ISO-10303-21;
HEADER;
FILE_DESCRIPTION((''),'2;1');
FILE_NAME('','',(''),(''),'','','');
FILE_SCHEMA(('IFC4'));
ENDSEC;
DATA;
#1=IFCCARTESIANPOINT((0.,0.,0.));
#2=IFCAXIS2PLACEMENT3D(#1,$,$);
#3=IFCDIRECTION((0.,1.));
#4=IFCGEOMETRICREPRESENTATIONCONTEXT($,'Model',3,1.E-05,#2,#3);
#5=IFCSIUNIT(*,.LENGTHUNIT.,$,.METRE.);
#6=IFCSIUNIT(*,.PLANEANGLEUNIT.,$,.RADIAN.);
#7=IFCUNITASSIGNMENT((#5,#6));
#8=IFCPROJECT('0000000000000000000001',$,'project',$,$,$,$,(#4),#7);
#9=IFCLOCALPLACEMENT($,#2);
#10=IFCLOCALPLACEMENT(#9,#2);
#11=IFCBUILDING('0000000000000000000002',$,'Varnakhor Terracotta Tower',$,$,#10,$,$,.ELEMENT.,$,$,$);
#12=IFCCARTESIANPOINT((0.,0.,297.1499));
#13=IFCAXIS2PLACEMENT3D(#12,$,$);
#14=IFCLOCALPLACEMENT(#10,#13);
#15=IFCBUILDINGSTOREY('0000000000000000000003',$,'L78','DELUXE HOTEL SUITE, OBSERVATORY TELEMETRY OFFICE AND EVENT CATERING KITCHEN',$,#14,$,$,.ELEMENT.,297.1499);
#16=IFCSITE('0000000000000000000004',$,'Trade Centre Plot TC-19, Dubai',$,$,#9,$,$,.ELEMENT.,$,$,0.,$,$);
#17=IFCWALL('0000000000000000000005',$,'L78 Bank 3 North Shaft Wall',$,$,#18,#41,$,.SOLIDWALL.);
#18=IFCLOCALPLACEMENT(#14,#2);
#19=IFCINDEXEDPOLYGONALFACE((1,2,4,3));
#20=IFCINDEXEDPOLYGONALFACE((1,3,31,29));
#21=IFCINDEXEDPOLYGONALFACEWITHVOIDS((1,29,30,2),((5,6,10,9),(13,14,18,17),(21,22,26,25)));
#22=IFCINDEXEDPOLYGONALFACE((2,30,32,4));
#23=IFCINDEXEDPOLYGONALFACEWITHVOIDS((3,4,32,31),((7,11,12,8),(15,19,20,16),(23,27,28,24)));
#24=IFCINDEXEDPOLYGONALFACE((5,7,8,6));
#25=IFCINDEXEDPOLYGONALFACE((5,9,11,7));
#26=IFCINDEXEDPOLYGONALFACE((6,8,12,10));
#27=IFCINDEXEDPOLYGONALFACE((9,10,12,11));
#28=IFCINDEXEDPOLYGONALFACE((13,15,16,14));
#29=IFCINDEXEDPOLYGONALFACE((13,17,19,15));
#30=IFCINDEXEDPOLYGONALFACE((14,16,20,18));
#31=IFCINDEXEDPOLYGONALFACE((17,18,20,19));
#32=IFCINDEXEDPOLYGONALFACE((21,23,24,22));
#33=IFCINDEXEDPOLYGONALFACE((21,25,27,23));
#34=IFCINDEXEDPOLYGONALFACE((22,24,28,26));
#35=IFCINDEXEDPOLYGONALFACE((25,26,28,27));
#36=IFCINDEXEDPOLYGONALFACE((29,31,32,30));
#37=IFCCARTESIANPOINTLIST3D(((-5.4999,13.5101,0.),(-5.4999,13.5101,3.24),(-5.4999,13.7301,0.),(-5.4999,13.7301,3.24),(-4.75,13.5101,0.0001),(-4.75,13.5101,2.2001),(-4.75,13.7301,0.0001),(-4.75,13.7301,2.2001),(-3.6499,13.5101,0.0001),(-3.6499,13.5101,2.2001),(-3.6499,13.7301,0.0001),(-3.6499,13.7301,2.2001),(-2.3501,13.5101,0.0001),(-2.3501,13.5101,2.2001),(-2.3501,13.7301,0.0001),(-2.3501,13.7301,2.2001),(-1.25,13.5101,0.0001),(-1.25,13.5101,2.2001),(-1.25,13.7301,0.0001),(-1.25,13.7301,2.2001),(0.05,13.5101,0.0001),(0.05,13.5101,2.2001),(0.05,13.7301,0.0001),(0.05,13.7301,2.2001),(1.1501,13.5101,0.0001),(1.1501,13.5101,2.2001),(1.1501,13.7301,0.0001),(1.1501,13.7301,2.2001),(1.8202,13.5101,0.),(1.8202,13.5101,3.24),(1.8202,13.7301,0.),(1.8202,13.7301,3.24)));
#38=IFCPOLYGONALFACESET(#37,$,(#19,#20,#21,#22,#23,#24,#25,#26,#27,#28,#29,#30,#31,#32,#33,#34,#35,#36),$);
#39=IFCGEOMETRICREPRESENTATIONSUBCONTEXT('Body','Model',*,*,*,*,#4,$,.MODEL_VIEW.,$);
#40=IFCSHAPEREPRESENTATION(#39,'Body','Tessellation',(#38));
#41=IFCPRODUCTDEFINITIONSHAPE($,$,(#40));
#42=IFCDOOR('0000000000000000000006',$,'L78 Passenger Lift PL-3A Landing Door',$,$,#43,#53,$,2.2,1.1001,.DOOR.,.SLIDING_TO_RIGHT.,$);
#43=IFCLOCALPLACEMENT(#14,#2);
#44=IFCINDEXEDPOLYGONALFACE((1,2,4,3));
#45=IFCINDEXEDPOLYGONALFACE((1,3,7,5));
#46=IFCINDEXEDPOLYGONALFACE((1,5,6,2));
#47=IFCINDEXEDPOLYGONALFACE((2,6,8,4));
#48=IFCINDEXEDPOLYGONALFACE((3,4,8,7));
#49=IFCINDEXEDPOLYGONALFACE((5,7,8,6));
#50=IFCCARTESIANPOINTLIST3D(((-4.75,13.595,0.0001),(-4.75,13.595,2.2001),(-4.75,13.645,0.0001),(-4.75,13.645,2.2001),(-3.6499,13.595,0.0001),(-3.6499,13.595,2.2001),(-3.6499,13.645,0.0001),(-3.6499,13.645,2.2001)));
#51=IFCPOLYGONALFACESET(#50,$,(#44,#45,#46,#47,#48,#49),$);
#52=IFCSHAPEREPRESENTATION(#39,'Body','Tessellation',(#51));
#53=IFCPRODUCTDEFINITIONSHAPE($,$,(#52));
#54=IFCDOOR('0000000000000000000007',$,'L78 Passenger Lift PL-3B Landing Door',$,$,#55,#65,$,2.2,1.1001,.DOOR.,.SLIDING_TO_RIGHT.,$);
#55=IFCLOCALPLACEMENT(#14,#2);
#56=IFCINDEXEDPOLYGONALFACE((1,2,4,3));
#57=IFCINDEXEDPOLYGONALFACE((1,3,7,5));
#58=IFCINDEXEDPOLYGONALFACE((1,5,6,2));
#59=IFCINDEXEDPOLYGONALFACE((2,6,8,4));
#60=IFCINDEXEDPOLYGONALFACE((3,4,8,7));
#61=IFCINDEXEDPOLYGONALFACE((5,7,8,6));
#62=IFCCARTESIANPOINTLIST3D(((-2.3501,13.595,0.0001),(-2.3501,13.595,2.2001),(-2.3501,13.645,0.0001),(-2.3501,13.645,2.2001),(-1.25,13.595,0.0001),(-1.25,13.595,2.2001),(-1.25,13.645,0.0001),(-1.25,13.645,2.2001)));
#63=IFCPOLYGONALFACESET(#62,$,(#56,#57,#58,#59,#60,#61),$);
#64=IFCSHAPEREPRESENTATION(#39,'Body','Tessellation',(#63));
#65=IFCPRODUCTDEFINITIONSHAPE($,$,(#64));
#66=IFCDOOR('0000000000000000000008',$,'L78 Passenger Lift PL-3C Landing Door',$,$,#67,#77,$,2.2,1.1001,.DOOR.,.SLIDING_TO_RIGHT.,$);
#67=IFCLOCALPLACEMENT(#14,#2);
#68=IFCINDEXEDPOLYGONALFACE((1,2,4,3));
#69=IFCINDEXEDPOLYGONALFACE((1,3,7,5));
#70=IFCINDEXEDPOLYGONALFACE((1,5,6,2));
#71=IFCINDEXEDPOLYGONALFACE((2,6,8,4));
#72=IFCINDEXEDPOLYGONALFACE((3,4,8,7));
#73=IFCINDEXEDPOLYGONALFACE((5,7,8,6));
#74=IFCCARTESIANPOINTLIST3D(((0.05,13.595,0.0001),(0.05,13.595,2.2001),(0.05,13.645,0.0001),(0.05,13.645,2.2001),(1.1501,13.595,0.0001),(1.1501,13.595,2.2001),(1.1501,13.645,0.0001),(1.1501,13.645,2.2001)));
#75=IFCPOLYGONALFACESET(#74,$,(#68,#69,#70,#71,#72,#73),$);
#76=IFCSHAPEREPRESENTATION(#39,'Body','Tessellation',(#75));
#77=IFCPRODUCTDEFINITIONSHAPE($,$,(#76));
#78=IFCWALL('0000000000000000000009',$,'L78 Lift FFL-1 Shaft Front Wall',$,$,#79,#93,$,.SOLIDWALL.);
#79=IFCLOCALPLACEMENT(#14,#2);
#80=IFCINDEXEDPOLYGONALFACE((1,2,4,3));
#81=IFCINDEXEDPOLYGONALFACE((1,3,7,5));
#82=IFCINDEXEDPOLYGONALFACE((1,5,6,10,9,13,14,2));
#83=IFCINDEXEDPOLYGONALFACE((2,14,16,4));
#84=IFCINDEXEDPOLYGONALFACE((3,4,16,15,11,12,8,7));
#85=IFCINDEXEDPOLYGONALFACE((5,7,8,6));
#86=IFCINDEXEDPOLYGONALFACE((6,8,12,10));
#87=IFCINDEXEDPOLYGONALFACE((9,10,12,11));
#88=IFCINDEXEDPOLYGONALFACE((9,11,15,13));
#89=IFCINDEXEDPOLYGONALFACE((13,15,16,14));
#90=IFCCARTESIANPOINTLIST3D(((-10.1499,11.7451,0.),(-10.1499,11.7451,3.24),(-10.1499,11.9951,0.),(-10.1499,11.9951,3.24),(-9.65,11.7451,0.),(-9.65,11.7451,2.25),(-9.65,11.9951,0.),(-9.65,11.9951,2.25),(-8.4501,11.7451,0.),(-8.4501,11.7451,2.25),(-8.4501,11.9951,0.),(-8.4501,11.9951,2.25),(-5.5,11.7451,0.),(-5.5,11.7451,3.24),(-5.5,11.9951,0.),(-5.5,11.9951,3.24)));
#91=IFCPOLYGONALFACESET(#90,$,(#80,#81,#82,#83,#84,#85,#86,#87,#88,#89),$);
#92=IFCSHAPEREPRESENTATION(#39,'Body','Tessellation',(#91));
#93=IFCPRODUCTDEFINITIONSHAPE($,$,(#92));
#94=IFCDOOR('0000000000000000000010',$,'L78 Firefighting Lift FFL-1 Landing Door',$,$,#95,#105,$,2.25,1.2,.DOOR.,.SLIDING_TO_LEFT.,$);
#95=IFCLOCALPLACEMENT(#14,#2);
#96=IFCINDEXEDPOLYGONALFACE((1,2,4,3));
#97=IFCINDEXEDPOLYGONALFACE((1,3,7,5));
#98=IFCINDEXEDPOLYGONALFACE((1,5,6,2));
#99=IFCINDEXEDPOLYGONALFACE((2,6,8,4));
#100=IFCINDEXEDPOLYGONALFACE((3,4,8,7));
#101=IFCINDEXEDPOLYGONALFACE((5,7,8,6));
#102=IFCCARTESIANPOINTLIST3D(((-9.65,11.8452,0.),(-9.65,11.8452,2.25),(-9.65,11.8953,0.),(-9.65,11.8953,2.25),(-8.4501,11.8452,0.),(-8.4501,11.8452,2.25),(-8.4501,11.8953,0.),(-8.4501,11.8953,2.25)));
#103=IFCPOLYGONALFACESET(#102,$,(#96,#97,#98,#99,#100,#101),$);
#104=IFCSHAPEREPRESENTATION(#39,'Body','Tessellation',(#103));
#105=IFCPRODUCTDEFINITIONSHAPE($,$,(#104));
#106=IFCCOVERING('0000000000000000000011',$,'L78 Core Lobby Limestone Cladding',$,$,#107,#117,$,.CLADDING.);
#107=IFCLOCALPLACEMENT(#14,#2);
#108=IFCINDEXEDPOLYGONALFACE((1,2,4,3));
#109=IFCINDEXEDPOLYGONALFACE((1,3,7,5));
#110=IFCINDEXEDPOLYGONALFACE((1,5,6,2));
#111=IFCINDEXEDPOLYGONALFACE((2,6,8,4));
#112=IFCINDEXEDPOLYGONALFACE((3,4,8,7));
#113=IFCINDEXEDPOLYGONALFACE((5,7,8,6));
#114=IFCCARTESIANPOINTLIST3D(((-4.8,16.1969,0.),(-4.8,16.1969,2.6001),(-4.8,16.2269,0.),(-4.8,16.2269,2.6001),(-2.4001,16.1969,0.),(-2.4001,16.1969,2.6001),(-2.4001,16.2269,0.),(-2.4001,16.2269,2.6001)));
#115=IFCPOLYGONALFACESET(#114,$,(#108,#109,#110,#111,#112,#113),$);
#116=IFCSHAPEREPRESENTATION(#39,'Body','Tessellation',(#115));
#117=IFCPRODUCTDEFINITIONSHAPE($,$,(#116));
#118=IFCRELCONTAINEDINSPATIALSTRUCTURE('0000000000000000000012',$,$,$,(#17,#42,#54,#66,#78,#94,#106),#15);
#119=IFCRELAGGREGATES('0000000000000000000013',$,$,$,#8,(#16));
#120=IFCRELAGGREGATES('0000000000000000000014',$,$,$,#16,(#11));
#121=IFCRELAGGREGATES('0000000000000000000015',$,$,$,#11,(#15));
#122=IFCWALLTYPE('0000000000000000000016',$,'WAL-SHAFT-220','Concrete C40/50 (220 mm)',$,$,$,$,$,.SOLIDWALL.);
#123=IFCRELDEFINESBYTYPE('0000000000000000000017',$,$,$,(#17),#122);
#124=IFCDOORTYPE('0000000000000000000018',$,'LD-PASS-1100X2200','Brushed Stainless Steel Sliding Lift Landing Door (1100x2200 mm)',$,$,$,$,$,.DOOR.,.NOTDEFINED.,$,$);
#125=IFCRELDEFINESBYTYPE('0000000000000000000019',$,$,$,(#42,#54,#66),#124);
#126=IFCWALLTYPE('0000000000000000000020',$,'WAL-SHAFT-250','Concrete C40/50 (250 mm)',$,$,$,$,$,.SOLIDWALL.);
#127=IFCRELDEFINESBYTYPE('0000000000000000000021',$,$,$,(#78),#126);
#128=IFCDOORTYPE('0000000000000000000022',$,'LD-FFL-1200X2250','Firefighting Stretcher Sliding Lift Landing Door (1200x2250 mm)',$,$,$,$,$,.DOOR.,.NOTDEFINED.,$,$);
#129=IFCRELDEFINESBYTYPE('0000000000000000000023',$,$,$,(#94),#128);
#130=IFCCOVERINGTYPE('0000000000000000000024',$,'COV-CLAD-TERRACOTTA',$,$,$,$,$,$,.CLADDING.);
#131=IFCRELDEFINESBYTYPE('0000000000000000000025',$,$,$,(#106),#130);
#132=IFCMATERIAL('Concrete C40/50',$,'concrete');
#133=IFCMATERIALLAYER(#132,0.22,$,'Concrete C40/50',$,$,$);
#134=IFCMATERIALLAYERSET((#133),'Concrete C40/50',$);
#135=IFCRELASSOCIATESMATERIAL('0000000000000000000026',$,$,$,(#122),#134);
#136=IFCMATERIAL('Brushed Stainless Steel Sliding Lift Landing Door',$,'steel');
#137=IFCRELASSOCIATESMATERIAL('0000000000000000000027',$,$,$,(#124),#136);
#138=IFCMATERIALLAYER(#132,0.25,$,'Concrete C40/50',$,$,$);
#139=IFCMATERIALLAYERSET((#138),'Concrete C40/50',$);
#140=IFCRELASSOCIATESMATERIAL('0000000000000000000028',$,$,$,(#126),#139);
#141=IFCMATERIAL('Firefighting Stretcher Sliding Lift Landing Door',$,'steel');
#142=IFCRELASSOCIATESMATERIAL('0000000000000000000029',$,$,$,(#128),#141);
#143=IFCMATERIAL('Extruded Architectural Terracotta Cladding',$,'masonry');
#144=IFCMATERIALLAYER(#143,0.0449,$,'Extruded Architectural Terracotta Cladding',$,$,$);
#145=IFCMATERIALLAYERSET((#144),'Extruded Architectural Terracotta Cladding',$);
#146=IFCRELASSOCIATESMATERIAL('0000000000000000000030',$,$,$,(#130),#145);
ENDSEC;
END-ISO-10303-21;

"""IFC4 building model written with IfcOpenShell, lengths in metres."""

from ifc_helpers import new_model, si_unit, direction, frame, frame_2d, origin, origin_2d, place, context, subcontext, project, spatial, rectangle, extrude, source, transform, mapped, material, layer, layer_set, type_object, type_shapes, element, fill, save


model = new_model("IFC4")

# Units and contexts
model_context = context("Model", 3, precision=1e-05, world=origin(), true_north=direction((0.0, 1.0)))
body_context = subcontext(model_context, "Body", "Model", "MODEL_VIEW")
ifc_project = project(units=[si_unit("LENGTHUNIT", "METRE"), si_unit("PLANEANGLEUNIT", "RADIAN")], contexts=[model_context])

# Site, building, storey
site_placement = place(None, origin())
site = spatial("IfcSite", under=ifc_project, at=site_placement, Name="Trade Centre Plot TC-19, Dubai", CompositionType="ELEMENT", RefElevation=0.0)
building_placement = place(site_placement, origin())
building = spatial("IfcBuilding", under=site, at=building_placement, Name="Varnakhor Terracotta Tower", CompositionType="ELEMENT")
storey_placement = place(building_placement, frame((0.0, 0.0, 297.1499)))
storey = spatial("IfcBuildingStorey", under=building, at=storey_placement, Name="L78", Description="DELUXE HOTEL SUITE, OBSERVATORY TELEMETRY OFFICE AND EVENT CATERING KITCHEN", CompositionType="ELEMENT", Elevation=297.1499)

# Shared definitions
ifc_material_1 = material(Name="Concrete C40/50", Category="concrete")
ifc_layer_1 = layer(ifc_material_1, 0.22, Name="Concrete C40/50")
ifc_layer_set_1 = layer_set([ifc_layer_1], Name="Concrete C40/50")
wall_type_1 = type_object("IfcWallType", Name="WAL-SHAFT-220", Description="Concrete C40/50 (220 mm)", PredefinedType="SOLIDWALL", material=ifc_layer_set_1)

# Wall, openings, doors
wall_1_placement = place(storey_placement, frame((-5.5, 13.6201, 0.0), z_axis=(0.0, 0.0, 1.0), x_axis=(1.0, 0.0, 0.0)))
wall_1 = element("IfcWall", 1, at=wall_1_placement, inside=storey, type_object=wall_type_1, Name="L78 Bank 3 North Shaft Wall", PredefinedType="SOLIDWALL", context=body_context, shape_type="SweptSolid", body=[
    extrude(rectangle(XDim=7.3201, YDim=0.22, at=frame_2d((3.6602, 0.0))), origin(), (0.0, 0.0, 1.0), 3.24),
])
opening_1_placement = place(wall_1_placement, frame((0.75, 0.0, 0.0)))
opening_1 = element("IfcOpeningElement", 2, at=opening_1_placement, cuts=wall_1, PredefinedType="OPENING", context=body_context, shape_type="SweptSolid", body=[
    extrude(rectangle(XDim=1.1001, YDim=2.2, at=frame_2d((0.55, 1.1001))), frame((0.0, 0.1201, 0.0), z_axis=(0.0, -1.0, 0.0), x_axis=(1.0, 0.0, 0.0)), (0.0, 0.0, 1.0), 0.24),
])
opening_2_placement = place(wall_1_placement, frame((3.1499, 0.0, 0.0)))
opening_2 = element("IfcOpeningElement", 3, at=opening_2_placement, cuts=wall_1, PredefinedType="OPENING", context=body_context, shape_type="SweptSolid", body=[
    extrude(rectangle(XDim=1.1001, YDim=2.2, at=frame_2d((0.55, 1.1001))), frame((0.0, 0.1201, 0.0), z_axis=(0.0, -1.0, 0.0), x_axis=(1.0, 0.0, 0.0)), (0.0, 0.0, 1.0), 0.24),
])
opening_3_placement = place(wall_1_placement, frame((5.55, 0.0, 0.0)))
opening_3 = element("IfcOpeningElement", 4, at=opening_3_placement, cuts=wall_1, PredefinedType="OPENING", context=body_context, shape_type="SweptSolid", body=[
    extrude(rectangle(XDim=1.1001, YDim=2.2, at=frame_2d((0.55, 1.1001))), frame((0.0, 0.1201, 0.0), z_axis=(0.0, -1.0, 0.0), x_axis=(1.0, 0.0, 0.0)), (0.0, 0.0, 1.0), 0.24),
])
ifc_material_2 = material(Name="Brushed Stainless Steel Sliding Lift Landing Door", Category="steel")
door_type_1 = type_object("IfcDoorType", Name="LD-PASS-1100X2200", Description="Brushed Stainless Steel Sliding Lift Landing Door (1100x2200 mm)", OperationType="NOTDEFINED", PredefinedType="DOOR", material=ifc_material_2)
shared_shape_1 = source(origin(), body_context, "Body", "SweptSolid", [
    extrude(rectangle(XDim=1.1001, YDim=2.2, at=frame_2d((0.55, 1.1001))), frame((0.0, 0.0249, 0.0), z_axis=(0.0, -1.0, 0.0), x_axis=(1.0, 0.0, 0.0)), (0.0, 0.0, 1.0), 0.05),
])
type_shapes(door_type_1, [shared_shape_1])
door_1_placement = place(opening_1_placement, origin())
door_1 = element("IfcDoor", 5, at=door_1_placement, inside=storey, type_object=door_type_1, Name="L78 Passenger Lift PL-3A Landing Door", OperationType="SLIDING_TO_RIGHT", OverallHeight=2.2, OverallWidth=1.1001, PredefinedType="DOOR", context=body_context, shape_type="MappedRepresentation", body=[
    mapped(shared_shape_1, transform((0.0, 0.0, 0.0), scale=1.0)),
])
fill(opening_1, door_1)
door_2_placement = place(opening_2_placement, origin())
door_2 = element("IfcDoor", 6, at=door_2_placement, inside=storey, type_object=door_type_1, Name="L78 Passenger Lift PL-3B Landing Door", OperationType="SLIDING_TO_RIGHT", OverallHeight=2.2, OverallWidth=1.1001, PredefinedType="DOOR", context=body_context, shape_type="MappedRepresentation", body=[
    mapped(shared_shape_1, transform((0.0, 0.0, 0.0), scale=1.0)),
])
fill(opening_2, door_2)
door_3_placement = place(opening_3_placement, origin())
door_3 = element("IfcDoor", 7, at=door_3_placement, inside=storey, type_object=door_type_1, Name="L78 Passenger Lift PL-3C Landing Door", OperationType="SLIDING_TO_RIGHT", OverallHeight=2.2, OverallWidth=1.1001, PredefinedType="DOOR", context=body_context, shape_type="MappedRepresentation", body=[
    mapped(shared_shape_1, transform((0.0, 0.0, 0.0), scale=1.0)),
])
fill(opening_3, door_3)

# Wall, opening, door
ifc_layer_2 = layer(ifc_material_1, 0.25, Name="Concrete C40/50")
ifc_layer_set_2 = layer_set([ifc_layer_2], Name="Concrete C40/50")
wall_type_2 = type_object("IfcWallType", Name="WAL-SHAFT-250", Description="Concrete C40/50 (250 mm)", PredefinedType="SOLIDWALL", material=ifc_layer_set_2)
wall_2_placement = place(storey_placement, frame((-5.5, 11.8701, 0.0), z_axis=(0.0, 0.0, 1.0), x_axis=(-1.0, 0.0, 0.0)))
wall_2 = element("IfcWall", 8, at=wall_2_placement, inside=storey, type_object=wall_type_2, Name="L78 Lift FFL-1 Shaft Front Wall", PredefinedType="SOLIDWALL", context=body_context, shape_type="SweptSolid", body=[
    extrude(rectangle(XDim=4.6499, YDim=0.25, at=frame_2d((2.325, 0.0))), origin(), (0.0, 0.0, 1.0), 3.24),
])
opening_4_placement = place(wall_2_placement, frame((2.95, 0.0, 0.0)))
opening_4 = element("IfcOpeningElement", 9, at=opening_4_placement, cuts=wall_2, PredefinedType="OPENING", context=body_context, shape_type="SweptSolid", body=[
    extrude(rectangle(XDim=1.2, YDim=2.25, at=frame_2d((0.6001, 1.125))), frame((0.0, 0.135, 0.0), z_axis=(0.0, -1.0, 0.0), x_axis=(1.0, 0.0, 0.0)), (0.0, 0.0, 1.0), 0.27),
])
ifc_material_3 = material(Name="Firefighting Stretcher Sliding Lift Landing Door", Category="steel")
door_type_2 = type_object("IfcDoorType", Name="LD-FFL-1200X2250", Description="Firefighting Stretcher Sliding Lift Landing Door (1200x2250 mm)", OperationType="NOTDEFINED", PredefinedType="DOOR", material=ifc_material_3)
shared_shape_2 = source(origin(), body_context, "Body", "SweptSolid", [
    extrude(rectangle(XDim=1.2, YDim=2.25, at=frame_2d((0.6001, 1.125))), frame((0.0, 0.0249, 0.0), z_axis=(0.0, -1.0, 0.0), x_axis=(1.0, 0.0, 0.0)), (0.0, 0.0, 1.0), 0.05),
])
type_shapes(door_type_2, [shared_shape_2])
door_4_placement = place(opening_4_placement, origin())
door_4 = element("IfcDoor", 10, at=door_4_placement, inside=storey, type_object=door_type_2, Name="L78 Firefighting Lift FFL-1 Landing Door", OperationType="SLIDING_TO_LEFT", OverallHeight=2.25, OverallWidth=1.2, PredefinedType="DOOR", context=body_context, shape_type="MappedRepresentation", body=[
    mapped(shared_shape_2, transform((0.0, 0.0, 0.0), scale=1.0)),
])
fill(opening_4, door_4)

# Covering
ifc_material_4 = material(Name="Extruded Architectural Terracotta Cladding", Category="masonry")
ifc_layer_3 = layer(ifc_material_4, 0.0449, Name="Extruded Architectural Terracotta Cladding")
ifc_layer_set_3 = layer_set([ifc_layer_3], Name="Extruded Architectural Terracotta Cladding")
covering_type = type_object("IfcCoveringType", Name="COV-CLAD-TERRACOTTA", PredefinedType="CLADDING", material=ifc_layer_set_3)
shared_shape_3 = source(origin(), body_context, "Body", "SweptSolid", [
    extrude(rectangle(XDim=2.3999, YDim=0.03, at=origin_2d()), origin(), (0.0, 0.0, 1.0), 2.6001),
])
type_shapes(covering_type, [shared_shape_3])
covering_placement = place(storey_placement, frame((-3.6001, 16.2119, 0.0), z_axis=(0.0, 0.0, 1.0), x_axis=(1.0, 0.0, 0.0)))
element("IfcCovering", 11, at=covering_placement, inside=storey, type_object=covering_type, Name="L78 Core Lobby Limestone Cladding", PredefinedType="CLADDING", context=body_context, shape_type="MappedRepresentation", body=[
    mapped(shared_shape_3, transform((0.0, 0.0, 0.0), scale=1.0)),
])

save(model, "model.ifc")
